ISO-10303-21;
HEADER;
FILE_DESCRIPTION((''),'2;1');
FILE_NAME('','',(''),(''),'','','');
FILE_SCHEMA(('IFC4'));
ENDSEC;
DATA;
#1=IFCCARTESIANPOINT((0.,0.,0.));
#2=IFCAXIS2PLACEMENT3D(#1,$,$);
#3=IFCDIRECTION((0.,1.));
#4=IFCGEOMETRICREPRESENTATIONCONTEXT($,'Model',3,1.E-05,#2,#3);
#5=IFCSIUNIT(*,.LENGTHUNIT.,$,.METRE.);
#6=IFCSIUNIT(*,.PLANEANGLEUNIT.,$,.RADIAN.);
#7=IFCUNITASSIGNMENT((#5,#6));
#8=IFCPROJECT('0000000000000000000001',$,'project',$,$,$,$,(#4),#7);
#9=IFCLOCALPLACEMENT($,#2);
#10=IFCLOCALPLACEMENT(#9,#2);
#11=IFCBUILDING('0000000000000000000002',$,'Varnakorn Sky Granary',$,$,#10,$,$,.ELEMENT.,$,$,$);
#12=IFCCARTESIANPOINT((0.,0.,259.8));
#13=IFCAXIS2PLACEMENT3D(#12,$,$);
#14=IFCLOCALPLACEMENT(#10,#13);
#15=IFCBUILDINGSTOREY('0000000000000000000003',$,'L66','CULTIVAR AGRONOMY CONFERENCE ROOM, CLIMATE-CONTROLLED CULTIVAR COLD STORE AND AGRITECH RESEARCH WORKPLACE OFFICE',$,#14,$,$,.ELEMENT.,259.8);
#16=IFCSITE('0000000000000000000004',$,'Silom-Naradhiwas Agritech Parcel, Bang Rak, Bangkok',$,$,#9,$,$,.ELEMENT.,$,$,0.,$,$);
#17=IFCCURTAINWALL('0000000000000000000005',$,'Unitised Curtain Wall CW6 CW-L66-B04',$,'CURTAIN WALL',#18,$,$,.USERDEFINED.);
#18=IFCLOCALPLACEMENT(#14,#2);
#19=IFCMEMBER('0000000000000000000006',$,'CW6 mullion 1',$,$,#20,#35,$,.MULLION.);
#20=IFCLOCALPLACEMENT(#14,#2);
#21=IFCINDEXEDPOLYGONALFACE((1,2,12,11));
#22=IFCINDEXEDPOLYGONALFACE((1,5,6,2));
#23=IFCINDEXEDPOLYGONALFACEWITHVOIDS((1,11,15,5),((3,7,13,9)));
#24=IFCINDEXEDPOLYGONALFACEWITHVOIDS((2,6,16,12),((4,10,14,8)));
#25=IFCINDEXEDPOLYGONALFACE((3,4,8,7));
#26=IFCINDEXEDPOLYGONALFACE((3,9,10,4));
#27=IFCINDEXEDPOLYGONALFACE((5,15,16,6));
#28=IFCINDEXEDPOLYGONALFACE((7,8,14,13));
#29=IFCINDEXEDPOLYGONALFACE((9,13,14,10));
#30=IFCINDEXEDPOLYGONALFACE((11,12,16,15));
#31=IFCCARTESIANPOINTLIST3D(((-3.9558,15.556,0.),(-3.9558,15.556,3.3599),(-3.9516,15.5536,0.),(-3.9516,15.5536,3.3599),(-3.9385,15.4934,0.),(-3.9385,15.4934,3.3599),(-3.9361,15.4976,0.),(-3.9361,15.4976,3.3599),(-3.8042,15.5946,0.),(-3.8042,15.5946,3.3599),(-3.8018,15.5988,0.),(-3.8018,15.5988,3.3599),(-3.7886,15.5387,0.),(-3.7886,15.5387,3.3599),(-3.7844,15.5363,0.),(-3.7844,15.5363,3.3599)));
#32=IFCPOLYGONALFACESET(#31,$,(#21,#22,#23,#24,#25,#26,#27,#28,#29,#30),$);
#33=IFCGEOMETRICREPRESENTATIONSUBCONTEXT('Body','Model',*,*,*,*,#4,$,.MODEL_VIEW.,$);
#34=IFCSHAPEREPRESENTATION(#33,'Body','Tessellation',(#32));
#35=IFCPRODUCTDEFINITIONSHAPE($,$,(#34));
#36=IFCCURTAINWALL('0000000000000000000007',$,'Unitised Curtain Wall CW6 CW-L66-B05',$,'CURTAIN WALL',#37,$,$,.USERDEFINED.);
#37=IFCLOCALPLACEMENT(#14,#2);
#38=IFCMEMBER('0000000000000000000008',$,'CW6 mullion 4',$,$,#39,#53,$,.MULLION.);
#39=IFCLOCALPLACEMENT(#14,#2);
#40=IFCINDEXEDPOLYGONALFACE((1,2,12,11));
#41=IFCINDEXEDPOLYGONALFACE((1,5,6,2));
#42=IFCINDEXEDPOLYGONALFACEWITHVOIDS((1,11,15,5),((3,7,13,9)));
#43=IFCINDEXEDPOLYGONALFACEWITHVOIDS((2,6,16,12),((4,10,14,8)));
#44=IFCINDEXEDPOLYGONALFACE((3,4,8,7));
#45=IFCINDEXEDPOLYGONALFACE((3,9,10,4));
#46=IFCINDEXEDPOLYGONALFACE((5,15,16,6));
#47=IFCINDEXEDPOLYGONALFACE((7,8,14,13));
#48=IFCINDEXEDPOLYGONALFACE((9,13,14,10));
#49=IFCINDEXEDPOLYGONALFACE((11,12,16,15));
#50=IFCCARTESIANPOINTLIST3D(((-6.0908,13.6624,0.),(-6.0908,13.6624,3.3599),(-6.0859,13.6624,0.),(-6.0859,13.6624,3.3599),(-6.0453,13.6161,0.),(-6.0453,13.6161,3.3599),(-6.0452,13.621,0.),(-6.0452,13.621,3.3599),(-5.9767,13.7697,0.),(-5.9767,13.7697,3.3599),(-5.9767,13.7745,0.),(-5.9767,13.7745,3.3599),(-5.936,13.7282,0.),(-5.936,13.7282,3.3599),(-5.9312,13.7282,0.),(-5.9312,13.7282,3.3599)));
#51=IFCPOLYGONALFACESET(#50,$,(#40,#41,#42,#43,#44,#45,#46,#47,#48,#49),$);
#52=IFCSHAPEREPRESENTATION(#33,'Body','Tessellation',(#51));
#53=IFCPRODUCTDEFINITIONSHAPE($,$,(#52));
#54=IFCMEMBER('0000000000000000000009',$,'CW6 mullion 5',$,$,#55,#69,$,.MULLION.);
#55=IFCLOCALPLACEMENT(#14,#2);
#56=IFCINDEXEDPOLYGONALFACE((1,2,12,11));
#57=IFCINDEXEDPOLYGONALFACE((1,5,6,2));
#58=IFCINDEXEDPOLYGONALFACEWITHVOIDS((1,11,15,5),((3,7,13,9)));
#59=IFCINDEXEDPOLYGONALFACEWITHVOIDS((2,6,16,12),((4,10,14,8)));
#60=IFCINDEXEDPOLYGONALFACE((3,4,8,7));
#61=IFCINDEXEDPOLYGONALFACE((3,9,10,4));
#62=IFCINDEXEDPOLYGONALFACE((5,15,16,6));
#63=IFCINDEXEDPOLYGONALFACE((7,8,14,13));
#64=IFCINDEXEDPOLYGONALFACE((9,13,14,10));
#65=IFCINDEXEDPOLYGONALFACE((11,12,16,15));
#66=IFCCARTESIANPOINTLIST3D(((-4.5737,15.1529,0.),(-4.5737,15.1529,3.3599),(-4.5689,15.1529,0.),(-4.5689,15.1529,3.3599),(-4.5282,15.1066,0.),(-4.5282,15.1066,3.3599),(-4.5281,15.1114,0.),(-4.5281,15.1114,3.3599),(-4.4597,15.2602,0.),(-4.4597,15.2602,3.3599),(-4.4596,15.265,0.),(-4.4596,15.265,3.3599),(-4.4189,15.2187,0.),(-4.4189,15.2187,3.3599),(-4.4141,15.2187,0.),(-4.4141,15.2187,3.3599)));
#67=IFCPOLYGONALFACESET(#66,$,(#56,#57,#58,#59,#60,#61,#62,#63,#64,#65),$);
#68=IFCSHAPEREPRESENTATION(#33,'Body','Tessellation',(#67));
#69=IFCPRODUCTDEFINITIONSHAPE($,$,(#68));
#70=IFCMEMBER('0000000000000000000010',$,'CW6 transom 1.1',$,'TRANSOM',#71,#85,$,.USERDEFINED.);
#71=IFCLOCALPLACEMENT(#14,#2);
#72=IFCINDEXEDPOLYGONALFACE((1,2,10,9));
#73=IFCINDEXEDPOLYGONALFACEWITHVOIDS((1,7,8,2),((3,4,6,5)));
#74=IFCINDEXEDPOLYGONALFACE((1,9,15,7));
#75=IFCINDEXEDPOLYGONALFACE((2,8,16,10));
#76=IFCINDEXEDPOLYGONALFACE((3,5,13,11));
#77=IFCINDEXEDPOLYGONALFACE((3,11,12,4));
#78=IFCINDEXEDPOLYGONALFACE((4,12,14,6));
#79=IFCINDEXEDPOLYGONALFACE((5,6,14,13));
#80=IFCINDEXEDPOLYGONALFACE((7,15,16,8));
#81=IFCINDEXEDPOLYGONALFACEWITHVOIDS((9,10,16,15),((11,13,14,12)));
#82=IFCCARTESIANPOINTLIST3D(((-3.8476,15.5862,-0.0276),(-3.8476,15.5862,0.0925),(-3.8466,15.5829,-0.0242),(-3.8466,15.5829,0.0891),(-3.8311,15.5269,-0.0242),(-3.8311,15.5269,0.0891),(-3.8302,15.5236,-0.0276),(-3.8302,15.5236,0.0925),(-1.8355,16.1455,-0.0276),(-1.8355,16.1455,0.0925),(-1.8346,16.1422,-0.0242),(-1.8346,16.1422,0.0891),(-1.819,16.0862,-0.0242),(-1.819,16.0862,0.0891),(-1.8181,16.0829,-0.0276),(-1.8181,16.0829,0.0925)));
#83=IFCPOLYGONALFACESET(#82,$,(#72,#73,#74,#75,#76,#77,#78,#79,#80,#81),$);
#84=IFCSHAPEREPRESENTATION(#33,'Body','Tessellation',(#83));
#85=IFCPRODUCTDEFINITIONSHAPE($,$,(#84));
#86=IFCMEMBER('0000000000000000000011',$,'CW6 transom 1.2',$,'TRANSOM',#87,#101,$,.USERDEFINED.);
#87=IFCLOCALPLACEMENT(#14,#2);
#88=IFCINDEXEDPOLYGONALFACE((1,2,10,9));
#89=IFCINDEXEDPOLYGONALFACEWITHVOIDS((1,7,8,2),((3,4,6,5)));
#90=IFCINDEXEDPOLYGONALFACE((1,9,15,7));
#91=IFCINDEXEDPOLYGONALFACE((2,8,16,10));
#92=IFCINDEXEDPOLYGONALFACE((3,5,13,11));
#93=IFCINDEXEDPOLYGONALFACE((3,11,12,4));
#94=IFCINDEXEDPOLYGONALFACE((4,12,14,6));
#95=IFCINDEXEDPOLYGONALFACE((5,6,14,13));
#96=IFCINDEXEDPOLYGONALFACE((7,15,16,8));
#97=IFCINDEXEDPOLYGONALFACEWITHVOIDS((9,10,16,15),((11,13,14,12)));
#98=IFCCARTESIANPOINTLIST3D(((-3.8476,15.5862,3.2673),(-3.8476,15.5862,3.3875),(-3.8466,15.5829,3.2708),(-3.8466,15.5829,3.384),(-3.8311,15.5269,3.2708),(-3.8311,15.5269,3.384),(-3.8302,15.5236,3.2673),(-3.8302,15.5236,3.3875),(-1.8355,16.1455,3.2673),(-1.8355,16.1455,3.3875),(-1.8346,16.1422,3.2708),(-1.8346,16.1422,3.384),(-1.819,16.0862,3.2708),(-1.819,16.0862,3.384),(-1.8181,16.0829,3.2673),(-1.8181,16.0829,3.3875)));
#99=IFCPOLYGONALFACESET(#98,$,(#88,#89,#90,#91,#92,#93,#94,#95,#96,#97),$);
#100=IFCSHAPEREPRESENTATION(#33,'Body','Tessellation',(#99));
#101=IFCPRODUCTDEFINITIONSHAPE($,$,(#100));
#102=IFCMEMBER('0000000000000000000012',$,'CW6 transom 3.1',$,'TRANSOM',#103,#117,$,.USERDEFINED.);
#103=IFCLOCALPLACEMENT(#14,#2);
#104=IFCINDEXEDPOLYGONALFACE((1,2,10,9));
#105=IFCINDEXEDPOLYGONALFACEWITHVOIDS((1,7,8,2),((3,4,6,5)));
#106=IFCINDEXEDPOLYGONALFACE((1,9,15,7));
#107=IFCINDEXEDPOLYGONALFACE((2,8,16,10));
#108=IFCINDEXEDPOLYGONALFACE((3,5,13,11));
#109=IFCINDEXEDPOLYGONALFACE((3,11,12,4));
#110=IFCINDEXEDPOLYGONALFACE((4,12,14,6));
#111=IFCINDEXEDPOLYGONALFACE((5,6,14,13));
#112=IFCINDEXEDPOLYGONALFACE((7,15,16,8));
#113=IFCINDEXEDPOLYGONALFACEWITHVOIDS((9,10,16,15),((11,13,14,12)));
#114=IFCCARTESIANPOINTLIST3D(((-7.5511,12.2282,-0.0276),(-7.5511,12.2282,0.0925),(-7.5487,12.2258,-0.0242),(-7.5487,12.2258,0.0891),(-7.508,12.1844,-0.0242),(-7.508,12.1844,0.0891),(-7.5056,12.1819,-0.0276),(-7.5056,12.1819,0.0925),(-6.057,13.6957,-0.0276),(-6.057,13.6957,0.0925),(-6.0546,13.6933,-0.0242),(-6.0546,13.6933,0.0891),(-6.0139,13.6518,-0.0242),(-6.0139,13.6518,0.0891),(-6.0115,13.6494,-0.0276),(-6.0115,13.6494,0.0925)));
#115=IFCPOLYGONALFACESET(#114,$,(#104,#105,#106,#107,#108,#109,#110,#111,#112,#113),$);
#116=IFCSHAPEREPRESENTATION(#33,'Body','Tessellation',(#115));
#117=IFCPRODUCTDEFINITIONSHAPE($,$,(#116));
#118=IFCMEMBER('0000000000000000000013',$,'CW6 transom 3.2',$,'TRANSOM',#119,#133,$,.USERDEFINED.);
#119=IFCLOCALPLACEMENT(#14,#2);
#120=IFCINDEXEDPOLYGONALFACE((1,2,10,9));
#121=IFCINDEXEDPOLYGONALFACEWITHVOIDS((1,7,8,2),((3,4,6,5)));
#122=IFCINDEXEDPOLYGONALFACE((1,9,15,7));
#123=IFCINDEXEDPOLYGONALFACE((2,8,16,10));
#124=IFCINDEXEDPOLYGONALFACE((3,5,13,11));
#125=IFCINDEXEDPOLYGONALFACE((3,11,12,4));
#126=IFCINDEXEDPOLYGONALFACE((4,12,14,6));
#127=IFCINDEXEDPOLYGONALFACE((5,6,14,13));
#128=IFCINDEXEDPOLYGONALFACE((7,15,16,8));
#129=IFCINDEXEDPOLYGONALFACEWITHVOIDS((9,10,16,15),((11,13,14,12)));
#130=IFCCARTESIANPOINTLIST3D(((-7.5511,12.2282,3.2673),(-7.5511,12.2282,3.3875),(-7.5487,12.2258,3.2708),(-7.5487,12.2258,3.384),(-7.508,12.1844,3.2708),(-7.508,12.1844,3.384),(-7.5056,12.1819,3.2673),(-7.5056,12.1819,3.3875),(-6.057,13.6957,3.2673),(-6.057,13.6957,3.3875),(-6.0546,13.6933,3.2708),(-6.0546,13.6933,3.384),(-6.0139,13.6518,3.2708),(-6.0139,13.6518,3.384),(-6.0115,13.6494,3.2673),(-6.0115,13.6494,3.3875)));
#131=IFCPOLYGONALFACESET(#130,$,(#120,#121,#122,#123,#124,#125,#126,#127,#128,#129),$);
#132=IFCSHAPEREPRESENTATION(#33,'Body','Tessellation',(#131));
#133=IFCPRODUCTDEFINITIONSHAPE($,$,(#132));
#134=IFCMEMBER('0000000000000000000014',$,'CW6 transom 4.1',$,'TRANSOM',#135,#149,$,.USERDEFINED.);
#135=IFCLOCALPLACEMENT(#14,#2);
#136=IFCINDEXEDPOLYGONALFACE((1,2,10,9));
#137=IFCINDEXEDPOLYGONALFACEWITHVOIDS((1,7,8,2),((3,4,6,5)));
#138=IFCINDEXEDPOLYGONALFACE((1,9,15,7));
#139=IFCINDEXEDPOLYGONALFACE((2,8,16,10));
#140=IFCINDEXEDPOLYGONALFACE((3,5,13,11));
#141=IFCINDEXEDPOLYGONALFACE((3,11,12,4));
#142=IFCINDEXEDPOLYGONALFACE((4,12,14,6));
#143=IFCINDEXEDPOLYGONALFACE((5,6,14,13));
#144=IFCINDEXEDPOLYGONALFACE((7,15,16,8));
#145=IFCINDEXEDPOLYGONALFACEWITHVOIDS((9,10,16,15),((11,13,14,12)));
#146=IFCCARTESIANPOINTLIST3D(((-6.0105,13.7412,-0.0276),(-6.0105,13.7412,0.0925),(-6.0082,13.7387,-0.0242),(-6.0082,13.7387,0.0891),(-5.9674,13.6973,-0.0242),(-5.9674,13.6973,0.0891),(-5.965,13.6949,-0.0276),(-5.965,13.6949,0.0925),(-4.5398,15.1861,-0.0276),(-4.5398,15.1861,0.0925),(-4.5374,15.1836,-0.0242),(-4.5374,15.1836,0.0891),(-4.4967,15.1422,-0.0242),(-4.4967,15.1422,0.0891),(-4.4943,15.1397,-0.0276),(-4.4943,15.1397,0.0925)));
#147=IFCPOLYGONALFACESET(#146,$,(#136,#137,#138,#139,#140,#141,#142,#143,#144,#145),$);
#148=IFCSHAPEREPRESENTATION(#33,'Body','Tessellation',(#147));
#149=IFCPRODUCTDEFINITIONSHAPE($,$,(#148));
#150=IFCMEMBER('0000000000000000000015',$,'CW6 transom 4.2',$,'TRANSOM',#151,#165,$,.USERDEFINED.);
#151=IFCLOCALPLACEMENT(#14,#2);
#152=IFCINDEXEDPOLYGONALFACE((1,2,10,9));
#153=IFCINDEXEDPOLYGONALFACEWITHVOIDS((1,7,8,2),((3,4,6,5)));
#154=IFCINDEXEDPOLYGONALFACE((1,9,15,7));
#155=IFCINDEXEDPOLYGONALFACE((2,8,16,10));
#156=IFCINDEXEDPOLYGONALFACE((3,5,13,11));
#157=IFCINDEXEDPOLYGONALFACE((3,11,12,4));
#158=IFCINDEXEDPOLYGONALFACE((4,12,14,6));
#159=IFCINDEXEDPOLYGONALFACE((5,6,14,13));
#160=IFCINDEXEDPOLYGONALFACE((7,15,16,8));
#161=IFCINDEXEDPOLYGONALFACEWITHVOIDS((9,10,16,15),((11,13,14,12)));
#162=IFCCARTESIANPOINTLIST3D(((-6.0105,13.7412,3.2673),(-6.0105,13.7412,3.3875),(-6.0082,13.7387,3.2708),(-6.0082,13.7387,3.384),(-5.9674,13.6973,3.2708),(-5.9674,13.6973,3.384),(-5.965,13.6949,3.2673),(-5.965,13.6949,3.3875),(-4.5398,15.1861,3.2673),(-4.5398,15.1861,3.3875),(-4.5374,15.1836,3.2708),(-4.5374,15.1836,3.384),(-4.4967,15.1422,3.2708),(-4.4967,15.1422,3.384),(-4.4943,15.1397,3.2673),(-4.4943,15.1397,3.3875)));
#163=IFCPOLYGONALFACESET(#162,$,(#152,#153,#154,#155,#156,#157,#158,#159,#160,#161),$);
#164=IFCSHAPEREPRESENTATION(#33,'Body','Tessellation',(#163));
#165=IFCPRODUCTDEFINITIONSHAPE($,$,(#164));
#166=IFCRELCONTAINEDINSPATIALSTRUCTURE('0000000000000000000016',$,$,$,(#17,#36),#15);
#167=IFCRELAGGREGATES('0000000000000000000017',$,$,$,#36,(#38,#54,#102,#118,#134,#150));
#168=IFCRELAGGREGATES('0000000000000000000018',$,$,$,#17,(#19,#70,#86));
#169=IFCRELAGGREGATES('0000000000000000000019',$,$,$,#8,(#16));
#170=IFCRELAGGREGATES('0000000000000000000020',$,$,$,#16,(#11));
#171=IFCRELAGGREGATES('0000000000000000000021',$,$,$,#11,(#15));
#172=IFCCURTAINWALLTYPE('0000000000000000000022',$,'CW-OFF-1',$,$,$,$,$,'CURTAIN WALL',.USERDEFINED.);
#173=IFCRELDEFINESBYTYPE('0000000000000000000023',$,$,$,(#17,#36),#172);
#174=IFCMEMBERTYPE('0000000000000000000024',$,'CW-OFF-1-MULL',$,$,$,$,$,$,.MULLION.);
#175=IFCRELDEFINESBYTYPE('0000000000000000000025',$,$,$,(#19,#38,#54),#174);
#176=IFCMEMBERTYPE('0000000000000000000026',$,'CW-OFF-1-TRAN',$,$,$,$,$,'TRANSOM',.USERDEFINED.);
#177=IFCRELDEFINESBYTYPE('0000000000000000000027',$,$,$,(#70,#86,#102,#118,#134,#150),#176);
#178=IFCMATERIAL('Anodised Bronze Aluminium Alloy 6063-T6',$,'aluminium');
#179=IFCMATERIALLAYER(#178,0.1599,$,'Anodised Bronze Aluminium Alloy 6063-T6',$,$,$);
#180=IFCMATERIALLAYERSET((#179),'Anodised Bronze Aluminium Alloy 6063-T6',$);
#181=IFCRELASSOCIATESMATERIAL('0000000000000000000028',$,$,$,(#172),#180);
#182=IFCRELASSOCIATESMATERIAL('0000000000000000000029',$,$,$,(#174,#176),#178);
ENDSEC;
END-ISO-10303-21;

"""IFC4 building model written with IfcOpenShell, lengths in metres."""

from ifc_helpers import new_model, si_unit, direction, frame, origin, origin_2d, place, context, subcontext, project, spatial, hollow_rectangle, extrude, material, layer, layer_set, material_profile, profile_set, type_object, element, aggregate, save


model = new_model("IFC4")

# Units and contexts
model_context = context("Model", 3, precision=1e-05, world=origin(), true_north=direction((0.0, 1.0)))
body_context = subcontext(model_context, "Body", "Model", "MODEL_VIEW")
ifc_project = project(units=[si_unit("LENGTHUNIT", "METRE"), si_unit("PLANEANGLEUNIT", "RADIAN")], contexts=[model_context])

# Site, building, storey
site_placement = place(None, origin())
site = spatial("IfcSite", under=ifc_project, at=site_placement, Name="Silom-Naradhiwas Agritech Parcel, Bang Rak, Bangkok", CompositionType="ELEMENT", RefElevation=0.0)
building_placement = place(site_placement, origin())
building = spatial("IfcBuilding", under=site, at=building_placement, Name="Varnakorn Sky Granary", CompositionType="ELEMENT")
storey_placement = place(building_placement, frame((0.0, 0.0, 259.8)))
storey = spatial("IfcBuildingStorey", under=building, at=storey_placement, Name="L66", Description="CULTIVAR AGRONOMY CONFERENCE ROOM, CLIMATE-CONTROLLED CULTIVAR COLD STORE AND AGRITECH RESEARCH WORKPLACE OFFICE", CompositionType="ELEMENT", Elevation=259.8)

# Curtain wall, member
ifc_material_1 = material(Name="Anodised Bronze Aluminium Alloy 6063-T6", Category="aluminium")
ifc_layer_1 = layer(ifc_material_1, 0.1599, Name="Anodised Bronze Aluminium Alloy 6063-T6")
ifc_layer_set_1 = layer_set([ifc_layer_1], Name="Anodised Bronze Aluminium Alloy 6063-T6")
curtain_wall_type = type_object("IfcCurtainWallType", Name="CW-OFF-1", ElementType="CURTAIN WALL", PredefinedType="USERDEFINED", material=ifc_layer_set_1)
curtain_wall_1_placement = place(storey_placement, origin())
curtain_wall_1 = element("IfcCurtainWall", 1, at=curtain_wall_1_placement, inside=storey, type_object=curtain_wall_type, Name="Unitised Curtain Wall CW6 CW-L66-B04", ObjectType="CURTAIN WALL", PredefinedType="USERDEFINED")
ifc_material_profile_1 = material_profile(ifc_material_1, hollow_rectangle(XDim=0.0649, YDim=0.1599, WallThickness=0.0034, at=origin_2d()), Name="ALU MULL 65x160")
ifc_profile_set_1 = profile_set([ifc_material_profile_1], Name="Anodised Bronze Aluminium Alloy 6063-T6")
member_type_1 = type_object("IfcMemberType", Name="CW-OFF-1-MULL", PredefinedType="MULLION", material=ifc_profile_set_1)
member_1_placement = place(storey_placement, frame((-3.8701, 15.5461, 0.0), z_axis=(0.0, 0.0, 1.0), x_axis=(-0.267911, 0.963444, 0.0)))
member_1 = element("IfcMember", 2, at=member_1_placement, type_object=member_type_1, Name="CW6 mullion 1", PredefinedType="MULLION", context=body_context, shape_type="SweptSolid", body=[
    extrude(hollow_rectangle(XDim=0.0649, YDim=0.1599, WallThickness=0.0034, at=origin_2d()), origin(), (0.0, 0.0, 1.0), 3.3599),
])

# Curtain wall, members
curtain_wall_2_placement = place(storey_placement, origin())
curtain_wall_2 = element("IfcCurtainWall", 3, at=curtain_wall_2_placement, inside=storey, type_object=curtain_wall_type, Name="Unitised Curtain Wall CW6 CW-L66-B05", ObjectType="CURTAIN WALL", PredefinedType="USERDEFINED")
member_2_placement = place(storey_placement, frame((-6.011, 13.6953, 0.0), z_axis=(0.0, 0.0, 1.0), x_axis=(-0.700774, 0.713383, 0.0)))
member_2 = element("IfcMember", 4, at=member_2_placement, type_object=member_type_1, Name="CW6 mullion 4", PredefinedType="MULLION", context=body_context, shape_type="SweptSolid", body=[
    extrude(hollow_rectangle(XDim=0.0649, YDim=0.1599, WallThickness=0.0034, at=origin_2d()), origin(), (0.0, 0.0, 1.0), 3.3599),
])
member_3_placement = place(storey_placement, frame((-4.4939, 15.1858, 0.0), z_axis=(0.0, 0.0, 1.0), x_axis=(-0.700774, 0.713383, 0.0)))
member_3 = element("IfcMember", 5, at=member_3_placement, type_object=member_type_1, Name="CW6 mullion 5", PredefinedType="MULLION", context=body_context, shape_type="SweptSolid", body=[
    extrude(hollow_rectangle(XDim=0.0649, YDim=0.1599, WallThickness=0.0034, at=origin_2d()), origin(), (0.0, 0.0, 1.0), 3.3599),
])

# Members
ifc_material_profile_2 = material_profile(ifc_material_1, hollow_rectangle(XDim=0.0649, YDim=0.1201, WallThickness=0.0034, at=origin_2d()), Name="ALU TRAN 65x120")
ifc_profile_set_2 = profile_set([ifc_material_profile_2], Name="Anodised Bronze Aluminium Alloy 6063-T6")
member_type_2 = type_object("IfcMemberType", Name="CW-OFF-1-TRAN", ElementType="TRANSOM", PredefinedType="USERDEFINED", material=ifc_profile_set_2)
member_4_placement = place(storey_placement, frame((-3.8389, 15.5549, 0.0325), z_axis=(0.963471, 0.267813, 0.0), x_axis=(-0.267813, 0.963471, 0.0)))
member_4 = element("IfcMember", 6, at=member_4_placement, type_object=member_type_2, Name="CW6 transom 1.1", ObjectType="TRANSOM", PredefinedType="USERDEFINED", context=body_context, shape_type="SweptSolid", body=[
    extrude(hollow_rectangle(XDim=0.0649, YDim=0.1201, WallThickness=0.0034, at=origin_2d()), origin(), (0.0, 0.0, 1.0), 2.0884),
])
member_5_placement = place(storey_placement, frame((-3.8389, 15.5549, 3.3274), z_axis=(0.963471, 0.267813, 0.0), x_axis=(-0.267813, 0.963471, 0.0)))
member_5 = element("IfcMember", 7, at=member_5_placement, type_object=member_type_2, Name="CW6 transom 1.2", ObjectType="TRANSOM", PredefinedType="USERDEFINED", context=body_context, shape_type="SweptSolid", body=[
    extrude(hollow_rectangle(XDim=0.0649, YDim=0.1201, WallThickness=0.0034, at=origin_2d()), origin(), (0.0, 0.0, 1.0), 2.0884),
])
member_6_placement = place(storey_placement, frame((-7.5283, 12.2051, 0.0325), z_axis=(0.713432, 0.700725, 0.0), x_axis=(-0.700725, 0.713432, 0.0)))
member_6 = element("IfcMember", 8, at=member_6_placement, type_object=member_type_2, Name="CW6 transom 3.1", ObjectType="TRANSOM", PredefinedType="USERDEFINED", context=body_context, shape_type="SweptSolid", body=[
    extrude(hollow_rectangle(XDim=0.0649, YDim=0.1201, WallThickness=0.0034, at=origin_2d()), origin(), (0.0, 0.0, 1.0), 2.0942),
])
member_7_placement = place(storey_placement, frame((-7.5283, 12.2051, 3.3274), z_axis=(0.713432, 0.700725, 0.0), x_axis=(-0.700725, 0.713432, 0.0)))
member_7 = element("IfcMember", 9, at=member_7_placement, type_object=member_type_2, Name="CW6 transom 3.2", ObjectType="TRANSOM", PredefinedType="USERDEFINED", context=body_context, shape_type="SweptSolid", body=[
    extrude(hollow_rectangle(XDim=0.0649, YDim=0.1201, WallThickness=0.0034, at=origin_2d()), origin(), (0.0, 0.0, 1.0), 2.0942),
])
member_8_placement = place(storey_placement, frame((-5.9878, 13.718, 0.0325), z_axis=(0.713355, 0.700803, 0.0), x_axis=(-0.700803, 0.713355, 0.0)))
member_8 = element("IfcMember", 10, at=member_8_placement, type_object=member_type_2, Name="CW6 transom 4.1", ObjectType="TRANSOM", PredefinedType="USERDEFINED", context=body_context, shape_type="SweptSolid", body=[
    extrude(hollow_rectangle(XDim=0.0649, YDim=0.1201, WallThickness=0.0034, at=origin_2d()), origin(), (0.0, 0.0, 1.0), 2.0618),
])
member_9_placement = place(storey_placement, frame((-5.9878, 13.718, 3.3274), z_axis=(0.713355, 0.700803, 0.0), x_axis=(-0.700803, 0.713355, 0.0)))
member_9 = element("IfcMember", 11, at=member_9_placement, type_object=member_type_2, Name="CW6 transom 4.2", ObjectType="TRANSOM", PredefinedType="USERDEFINED", context=body_context, shape_type="SweptSolid", body=[
    extrude(hollow_rectangle(XDim=0.0649, YDim=0.1201, WallThickness=0.0034, at=origin_2d()), origin(), (0.0, 0.0, 1.0), 2.0618),
])

aggregate(curtain_wall_2, [member_2, member_3, member_6, member_7, member_8, member_9])
aggregate(curtain_wall_1, [member_1, member_4, member_5])

save(model, "model.ifc")
